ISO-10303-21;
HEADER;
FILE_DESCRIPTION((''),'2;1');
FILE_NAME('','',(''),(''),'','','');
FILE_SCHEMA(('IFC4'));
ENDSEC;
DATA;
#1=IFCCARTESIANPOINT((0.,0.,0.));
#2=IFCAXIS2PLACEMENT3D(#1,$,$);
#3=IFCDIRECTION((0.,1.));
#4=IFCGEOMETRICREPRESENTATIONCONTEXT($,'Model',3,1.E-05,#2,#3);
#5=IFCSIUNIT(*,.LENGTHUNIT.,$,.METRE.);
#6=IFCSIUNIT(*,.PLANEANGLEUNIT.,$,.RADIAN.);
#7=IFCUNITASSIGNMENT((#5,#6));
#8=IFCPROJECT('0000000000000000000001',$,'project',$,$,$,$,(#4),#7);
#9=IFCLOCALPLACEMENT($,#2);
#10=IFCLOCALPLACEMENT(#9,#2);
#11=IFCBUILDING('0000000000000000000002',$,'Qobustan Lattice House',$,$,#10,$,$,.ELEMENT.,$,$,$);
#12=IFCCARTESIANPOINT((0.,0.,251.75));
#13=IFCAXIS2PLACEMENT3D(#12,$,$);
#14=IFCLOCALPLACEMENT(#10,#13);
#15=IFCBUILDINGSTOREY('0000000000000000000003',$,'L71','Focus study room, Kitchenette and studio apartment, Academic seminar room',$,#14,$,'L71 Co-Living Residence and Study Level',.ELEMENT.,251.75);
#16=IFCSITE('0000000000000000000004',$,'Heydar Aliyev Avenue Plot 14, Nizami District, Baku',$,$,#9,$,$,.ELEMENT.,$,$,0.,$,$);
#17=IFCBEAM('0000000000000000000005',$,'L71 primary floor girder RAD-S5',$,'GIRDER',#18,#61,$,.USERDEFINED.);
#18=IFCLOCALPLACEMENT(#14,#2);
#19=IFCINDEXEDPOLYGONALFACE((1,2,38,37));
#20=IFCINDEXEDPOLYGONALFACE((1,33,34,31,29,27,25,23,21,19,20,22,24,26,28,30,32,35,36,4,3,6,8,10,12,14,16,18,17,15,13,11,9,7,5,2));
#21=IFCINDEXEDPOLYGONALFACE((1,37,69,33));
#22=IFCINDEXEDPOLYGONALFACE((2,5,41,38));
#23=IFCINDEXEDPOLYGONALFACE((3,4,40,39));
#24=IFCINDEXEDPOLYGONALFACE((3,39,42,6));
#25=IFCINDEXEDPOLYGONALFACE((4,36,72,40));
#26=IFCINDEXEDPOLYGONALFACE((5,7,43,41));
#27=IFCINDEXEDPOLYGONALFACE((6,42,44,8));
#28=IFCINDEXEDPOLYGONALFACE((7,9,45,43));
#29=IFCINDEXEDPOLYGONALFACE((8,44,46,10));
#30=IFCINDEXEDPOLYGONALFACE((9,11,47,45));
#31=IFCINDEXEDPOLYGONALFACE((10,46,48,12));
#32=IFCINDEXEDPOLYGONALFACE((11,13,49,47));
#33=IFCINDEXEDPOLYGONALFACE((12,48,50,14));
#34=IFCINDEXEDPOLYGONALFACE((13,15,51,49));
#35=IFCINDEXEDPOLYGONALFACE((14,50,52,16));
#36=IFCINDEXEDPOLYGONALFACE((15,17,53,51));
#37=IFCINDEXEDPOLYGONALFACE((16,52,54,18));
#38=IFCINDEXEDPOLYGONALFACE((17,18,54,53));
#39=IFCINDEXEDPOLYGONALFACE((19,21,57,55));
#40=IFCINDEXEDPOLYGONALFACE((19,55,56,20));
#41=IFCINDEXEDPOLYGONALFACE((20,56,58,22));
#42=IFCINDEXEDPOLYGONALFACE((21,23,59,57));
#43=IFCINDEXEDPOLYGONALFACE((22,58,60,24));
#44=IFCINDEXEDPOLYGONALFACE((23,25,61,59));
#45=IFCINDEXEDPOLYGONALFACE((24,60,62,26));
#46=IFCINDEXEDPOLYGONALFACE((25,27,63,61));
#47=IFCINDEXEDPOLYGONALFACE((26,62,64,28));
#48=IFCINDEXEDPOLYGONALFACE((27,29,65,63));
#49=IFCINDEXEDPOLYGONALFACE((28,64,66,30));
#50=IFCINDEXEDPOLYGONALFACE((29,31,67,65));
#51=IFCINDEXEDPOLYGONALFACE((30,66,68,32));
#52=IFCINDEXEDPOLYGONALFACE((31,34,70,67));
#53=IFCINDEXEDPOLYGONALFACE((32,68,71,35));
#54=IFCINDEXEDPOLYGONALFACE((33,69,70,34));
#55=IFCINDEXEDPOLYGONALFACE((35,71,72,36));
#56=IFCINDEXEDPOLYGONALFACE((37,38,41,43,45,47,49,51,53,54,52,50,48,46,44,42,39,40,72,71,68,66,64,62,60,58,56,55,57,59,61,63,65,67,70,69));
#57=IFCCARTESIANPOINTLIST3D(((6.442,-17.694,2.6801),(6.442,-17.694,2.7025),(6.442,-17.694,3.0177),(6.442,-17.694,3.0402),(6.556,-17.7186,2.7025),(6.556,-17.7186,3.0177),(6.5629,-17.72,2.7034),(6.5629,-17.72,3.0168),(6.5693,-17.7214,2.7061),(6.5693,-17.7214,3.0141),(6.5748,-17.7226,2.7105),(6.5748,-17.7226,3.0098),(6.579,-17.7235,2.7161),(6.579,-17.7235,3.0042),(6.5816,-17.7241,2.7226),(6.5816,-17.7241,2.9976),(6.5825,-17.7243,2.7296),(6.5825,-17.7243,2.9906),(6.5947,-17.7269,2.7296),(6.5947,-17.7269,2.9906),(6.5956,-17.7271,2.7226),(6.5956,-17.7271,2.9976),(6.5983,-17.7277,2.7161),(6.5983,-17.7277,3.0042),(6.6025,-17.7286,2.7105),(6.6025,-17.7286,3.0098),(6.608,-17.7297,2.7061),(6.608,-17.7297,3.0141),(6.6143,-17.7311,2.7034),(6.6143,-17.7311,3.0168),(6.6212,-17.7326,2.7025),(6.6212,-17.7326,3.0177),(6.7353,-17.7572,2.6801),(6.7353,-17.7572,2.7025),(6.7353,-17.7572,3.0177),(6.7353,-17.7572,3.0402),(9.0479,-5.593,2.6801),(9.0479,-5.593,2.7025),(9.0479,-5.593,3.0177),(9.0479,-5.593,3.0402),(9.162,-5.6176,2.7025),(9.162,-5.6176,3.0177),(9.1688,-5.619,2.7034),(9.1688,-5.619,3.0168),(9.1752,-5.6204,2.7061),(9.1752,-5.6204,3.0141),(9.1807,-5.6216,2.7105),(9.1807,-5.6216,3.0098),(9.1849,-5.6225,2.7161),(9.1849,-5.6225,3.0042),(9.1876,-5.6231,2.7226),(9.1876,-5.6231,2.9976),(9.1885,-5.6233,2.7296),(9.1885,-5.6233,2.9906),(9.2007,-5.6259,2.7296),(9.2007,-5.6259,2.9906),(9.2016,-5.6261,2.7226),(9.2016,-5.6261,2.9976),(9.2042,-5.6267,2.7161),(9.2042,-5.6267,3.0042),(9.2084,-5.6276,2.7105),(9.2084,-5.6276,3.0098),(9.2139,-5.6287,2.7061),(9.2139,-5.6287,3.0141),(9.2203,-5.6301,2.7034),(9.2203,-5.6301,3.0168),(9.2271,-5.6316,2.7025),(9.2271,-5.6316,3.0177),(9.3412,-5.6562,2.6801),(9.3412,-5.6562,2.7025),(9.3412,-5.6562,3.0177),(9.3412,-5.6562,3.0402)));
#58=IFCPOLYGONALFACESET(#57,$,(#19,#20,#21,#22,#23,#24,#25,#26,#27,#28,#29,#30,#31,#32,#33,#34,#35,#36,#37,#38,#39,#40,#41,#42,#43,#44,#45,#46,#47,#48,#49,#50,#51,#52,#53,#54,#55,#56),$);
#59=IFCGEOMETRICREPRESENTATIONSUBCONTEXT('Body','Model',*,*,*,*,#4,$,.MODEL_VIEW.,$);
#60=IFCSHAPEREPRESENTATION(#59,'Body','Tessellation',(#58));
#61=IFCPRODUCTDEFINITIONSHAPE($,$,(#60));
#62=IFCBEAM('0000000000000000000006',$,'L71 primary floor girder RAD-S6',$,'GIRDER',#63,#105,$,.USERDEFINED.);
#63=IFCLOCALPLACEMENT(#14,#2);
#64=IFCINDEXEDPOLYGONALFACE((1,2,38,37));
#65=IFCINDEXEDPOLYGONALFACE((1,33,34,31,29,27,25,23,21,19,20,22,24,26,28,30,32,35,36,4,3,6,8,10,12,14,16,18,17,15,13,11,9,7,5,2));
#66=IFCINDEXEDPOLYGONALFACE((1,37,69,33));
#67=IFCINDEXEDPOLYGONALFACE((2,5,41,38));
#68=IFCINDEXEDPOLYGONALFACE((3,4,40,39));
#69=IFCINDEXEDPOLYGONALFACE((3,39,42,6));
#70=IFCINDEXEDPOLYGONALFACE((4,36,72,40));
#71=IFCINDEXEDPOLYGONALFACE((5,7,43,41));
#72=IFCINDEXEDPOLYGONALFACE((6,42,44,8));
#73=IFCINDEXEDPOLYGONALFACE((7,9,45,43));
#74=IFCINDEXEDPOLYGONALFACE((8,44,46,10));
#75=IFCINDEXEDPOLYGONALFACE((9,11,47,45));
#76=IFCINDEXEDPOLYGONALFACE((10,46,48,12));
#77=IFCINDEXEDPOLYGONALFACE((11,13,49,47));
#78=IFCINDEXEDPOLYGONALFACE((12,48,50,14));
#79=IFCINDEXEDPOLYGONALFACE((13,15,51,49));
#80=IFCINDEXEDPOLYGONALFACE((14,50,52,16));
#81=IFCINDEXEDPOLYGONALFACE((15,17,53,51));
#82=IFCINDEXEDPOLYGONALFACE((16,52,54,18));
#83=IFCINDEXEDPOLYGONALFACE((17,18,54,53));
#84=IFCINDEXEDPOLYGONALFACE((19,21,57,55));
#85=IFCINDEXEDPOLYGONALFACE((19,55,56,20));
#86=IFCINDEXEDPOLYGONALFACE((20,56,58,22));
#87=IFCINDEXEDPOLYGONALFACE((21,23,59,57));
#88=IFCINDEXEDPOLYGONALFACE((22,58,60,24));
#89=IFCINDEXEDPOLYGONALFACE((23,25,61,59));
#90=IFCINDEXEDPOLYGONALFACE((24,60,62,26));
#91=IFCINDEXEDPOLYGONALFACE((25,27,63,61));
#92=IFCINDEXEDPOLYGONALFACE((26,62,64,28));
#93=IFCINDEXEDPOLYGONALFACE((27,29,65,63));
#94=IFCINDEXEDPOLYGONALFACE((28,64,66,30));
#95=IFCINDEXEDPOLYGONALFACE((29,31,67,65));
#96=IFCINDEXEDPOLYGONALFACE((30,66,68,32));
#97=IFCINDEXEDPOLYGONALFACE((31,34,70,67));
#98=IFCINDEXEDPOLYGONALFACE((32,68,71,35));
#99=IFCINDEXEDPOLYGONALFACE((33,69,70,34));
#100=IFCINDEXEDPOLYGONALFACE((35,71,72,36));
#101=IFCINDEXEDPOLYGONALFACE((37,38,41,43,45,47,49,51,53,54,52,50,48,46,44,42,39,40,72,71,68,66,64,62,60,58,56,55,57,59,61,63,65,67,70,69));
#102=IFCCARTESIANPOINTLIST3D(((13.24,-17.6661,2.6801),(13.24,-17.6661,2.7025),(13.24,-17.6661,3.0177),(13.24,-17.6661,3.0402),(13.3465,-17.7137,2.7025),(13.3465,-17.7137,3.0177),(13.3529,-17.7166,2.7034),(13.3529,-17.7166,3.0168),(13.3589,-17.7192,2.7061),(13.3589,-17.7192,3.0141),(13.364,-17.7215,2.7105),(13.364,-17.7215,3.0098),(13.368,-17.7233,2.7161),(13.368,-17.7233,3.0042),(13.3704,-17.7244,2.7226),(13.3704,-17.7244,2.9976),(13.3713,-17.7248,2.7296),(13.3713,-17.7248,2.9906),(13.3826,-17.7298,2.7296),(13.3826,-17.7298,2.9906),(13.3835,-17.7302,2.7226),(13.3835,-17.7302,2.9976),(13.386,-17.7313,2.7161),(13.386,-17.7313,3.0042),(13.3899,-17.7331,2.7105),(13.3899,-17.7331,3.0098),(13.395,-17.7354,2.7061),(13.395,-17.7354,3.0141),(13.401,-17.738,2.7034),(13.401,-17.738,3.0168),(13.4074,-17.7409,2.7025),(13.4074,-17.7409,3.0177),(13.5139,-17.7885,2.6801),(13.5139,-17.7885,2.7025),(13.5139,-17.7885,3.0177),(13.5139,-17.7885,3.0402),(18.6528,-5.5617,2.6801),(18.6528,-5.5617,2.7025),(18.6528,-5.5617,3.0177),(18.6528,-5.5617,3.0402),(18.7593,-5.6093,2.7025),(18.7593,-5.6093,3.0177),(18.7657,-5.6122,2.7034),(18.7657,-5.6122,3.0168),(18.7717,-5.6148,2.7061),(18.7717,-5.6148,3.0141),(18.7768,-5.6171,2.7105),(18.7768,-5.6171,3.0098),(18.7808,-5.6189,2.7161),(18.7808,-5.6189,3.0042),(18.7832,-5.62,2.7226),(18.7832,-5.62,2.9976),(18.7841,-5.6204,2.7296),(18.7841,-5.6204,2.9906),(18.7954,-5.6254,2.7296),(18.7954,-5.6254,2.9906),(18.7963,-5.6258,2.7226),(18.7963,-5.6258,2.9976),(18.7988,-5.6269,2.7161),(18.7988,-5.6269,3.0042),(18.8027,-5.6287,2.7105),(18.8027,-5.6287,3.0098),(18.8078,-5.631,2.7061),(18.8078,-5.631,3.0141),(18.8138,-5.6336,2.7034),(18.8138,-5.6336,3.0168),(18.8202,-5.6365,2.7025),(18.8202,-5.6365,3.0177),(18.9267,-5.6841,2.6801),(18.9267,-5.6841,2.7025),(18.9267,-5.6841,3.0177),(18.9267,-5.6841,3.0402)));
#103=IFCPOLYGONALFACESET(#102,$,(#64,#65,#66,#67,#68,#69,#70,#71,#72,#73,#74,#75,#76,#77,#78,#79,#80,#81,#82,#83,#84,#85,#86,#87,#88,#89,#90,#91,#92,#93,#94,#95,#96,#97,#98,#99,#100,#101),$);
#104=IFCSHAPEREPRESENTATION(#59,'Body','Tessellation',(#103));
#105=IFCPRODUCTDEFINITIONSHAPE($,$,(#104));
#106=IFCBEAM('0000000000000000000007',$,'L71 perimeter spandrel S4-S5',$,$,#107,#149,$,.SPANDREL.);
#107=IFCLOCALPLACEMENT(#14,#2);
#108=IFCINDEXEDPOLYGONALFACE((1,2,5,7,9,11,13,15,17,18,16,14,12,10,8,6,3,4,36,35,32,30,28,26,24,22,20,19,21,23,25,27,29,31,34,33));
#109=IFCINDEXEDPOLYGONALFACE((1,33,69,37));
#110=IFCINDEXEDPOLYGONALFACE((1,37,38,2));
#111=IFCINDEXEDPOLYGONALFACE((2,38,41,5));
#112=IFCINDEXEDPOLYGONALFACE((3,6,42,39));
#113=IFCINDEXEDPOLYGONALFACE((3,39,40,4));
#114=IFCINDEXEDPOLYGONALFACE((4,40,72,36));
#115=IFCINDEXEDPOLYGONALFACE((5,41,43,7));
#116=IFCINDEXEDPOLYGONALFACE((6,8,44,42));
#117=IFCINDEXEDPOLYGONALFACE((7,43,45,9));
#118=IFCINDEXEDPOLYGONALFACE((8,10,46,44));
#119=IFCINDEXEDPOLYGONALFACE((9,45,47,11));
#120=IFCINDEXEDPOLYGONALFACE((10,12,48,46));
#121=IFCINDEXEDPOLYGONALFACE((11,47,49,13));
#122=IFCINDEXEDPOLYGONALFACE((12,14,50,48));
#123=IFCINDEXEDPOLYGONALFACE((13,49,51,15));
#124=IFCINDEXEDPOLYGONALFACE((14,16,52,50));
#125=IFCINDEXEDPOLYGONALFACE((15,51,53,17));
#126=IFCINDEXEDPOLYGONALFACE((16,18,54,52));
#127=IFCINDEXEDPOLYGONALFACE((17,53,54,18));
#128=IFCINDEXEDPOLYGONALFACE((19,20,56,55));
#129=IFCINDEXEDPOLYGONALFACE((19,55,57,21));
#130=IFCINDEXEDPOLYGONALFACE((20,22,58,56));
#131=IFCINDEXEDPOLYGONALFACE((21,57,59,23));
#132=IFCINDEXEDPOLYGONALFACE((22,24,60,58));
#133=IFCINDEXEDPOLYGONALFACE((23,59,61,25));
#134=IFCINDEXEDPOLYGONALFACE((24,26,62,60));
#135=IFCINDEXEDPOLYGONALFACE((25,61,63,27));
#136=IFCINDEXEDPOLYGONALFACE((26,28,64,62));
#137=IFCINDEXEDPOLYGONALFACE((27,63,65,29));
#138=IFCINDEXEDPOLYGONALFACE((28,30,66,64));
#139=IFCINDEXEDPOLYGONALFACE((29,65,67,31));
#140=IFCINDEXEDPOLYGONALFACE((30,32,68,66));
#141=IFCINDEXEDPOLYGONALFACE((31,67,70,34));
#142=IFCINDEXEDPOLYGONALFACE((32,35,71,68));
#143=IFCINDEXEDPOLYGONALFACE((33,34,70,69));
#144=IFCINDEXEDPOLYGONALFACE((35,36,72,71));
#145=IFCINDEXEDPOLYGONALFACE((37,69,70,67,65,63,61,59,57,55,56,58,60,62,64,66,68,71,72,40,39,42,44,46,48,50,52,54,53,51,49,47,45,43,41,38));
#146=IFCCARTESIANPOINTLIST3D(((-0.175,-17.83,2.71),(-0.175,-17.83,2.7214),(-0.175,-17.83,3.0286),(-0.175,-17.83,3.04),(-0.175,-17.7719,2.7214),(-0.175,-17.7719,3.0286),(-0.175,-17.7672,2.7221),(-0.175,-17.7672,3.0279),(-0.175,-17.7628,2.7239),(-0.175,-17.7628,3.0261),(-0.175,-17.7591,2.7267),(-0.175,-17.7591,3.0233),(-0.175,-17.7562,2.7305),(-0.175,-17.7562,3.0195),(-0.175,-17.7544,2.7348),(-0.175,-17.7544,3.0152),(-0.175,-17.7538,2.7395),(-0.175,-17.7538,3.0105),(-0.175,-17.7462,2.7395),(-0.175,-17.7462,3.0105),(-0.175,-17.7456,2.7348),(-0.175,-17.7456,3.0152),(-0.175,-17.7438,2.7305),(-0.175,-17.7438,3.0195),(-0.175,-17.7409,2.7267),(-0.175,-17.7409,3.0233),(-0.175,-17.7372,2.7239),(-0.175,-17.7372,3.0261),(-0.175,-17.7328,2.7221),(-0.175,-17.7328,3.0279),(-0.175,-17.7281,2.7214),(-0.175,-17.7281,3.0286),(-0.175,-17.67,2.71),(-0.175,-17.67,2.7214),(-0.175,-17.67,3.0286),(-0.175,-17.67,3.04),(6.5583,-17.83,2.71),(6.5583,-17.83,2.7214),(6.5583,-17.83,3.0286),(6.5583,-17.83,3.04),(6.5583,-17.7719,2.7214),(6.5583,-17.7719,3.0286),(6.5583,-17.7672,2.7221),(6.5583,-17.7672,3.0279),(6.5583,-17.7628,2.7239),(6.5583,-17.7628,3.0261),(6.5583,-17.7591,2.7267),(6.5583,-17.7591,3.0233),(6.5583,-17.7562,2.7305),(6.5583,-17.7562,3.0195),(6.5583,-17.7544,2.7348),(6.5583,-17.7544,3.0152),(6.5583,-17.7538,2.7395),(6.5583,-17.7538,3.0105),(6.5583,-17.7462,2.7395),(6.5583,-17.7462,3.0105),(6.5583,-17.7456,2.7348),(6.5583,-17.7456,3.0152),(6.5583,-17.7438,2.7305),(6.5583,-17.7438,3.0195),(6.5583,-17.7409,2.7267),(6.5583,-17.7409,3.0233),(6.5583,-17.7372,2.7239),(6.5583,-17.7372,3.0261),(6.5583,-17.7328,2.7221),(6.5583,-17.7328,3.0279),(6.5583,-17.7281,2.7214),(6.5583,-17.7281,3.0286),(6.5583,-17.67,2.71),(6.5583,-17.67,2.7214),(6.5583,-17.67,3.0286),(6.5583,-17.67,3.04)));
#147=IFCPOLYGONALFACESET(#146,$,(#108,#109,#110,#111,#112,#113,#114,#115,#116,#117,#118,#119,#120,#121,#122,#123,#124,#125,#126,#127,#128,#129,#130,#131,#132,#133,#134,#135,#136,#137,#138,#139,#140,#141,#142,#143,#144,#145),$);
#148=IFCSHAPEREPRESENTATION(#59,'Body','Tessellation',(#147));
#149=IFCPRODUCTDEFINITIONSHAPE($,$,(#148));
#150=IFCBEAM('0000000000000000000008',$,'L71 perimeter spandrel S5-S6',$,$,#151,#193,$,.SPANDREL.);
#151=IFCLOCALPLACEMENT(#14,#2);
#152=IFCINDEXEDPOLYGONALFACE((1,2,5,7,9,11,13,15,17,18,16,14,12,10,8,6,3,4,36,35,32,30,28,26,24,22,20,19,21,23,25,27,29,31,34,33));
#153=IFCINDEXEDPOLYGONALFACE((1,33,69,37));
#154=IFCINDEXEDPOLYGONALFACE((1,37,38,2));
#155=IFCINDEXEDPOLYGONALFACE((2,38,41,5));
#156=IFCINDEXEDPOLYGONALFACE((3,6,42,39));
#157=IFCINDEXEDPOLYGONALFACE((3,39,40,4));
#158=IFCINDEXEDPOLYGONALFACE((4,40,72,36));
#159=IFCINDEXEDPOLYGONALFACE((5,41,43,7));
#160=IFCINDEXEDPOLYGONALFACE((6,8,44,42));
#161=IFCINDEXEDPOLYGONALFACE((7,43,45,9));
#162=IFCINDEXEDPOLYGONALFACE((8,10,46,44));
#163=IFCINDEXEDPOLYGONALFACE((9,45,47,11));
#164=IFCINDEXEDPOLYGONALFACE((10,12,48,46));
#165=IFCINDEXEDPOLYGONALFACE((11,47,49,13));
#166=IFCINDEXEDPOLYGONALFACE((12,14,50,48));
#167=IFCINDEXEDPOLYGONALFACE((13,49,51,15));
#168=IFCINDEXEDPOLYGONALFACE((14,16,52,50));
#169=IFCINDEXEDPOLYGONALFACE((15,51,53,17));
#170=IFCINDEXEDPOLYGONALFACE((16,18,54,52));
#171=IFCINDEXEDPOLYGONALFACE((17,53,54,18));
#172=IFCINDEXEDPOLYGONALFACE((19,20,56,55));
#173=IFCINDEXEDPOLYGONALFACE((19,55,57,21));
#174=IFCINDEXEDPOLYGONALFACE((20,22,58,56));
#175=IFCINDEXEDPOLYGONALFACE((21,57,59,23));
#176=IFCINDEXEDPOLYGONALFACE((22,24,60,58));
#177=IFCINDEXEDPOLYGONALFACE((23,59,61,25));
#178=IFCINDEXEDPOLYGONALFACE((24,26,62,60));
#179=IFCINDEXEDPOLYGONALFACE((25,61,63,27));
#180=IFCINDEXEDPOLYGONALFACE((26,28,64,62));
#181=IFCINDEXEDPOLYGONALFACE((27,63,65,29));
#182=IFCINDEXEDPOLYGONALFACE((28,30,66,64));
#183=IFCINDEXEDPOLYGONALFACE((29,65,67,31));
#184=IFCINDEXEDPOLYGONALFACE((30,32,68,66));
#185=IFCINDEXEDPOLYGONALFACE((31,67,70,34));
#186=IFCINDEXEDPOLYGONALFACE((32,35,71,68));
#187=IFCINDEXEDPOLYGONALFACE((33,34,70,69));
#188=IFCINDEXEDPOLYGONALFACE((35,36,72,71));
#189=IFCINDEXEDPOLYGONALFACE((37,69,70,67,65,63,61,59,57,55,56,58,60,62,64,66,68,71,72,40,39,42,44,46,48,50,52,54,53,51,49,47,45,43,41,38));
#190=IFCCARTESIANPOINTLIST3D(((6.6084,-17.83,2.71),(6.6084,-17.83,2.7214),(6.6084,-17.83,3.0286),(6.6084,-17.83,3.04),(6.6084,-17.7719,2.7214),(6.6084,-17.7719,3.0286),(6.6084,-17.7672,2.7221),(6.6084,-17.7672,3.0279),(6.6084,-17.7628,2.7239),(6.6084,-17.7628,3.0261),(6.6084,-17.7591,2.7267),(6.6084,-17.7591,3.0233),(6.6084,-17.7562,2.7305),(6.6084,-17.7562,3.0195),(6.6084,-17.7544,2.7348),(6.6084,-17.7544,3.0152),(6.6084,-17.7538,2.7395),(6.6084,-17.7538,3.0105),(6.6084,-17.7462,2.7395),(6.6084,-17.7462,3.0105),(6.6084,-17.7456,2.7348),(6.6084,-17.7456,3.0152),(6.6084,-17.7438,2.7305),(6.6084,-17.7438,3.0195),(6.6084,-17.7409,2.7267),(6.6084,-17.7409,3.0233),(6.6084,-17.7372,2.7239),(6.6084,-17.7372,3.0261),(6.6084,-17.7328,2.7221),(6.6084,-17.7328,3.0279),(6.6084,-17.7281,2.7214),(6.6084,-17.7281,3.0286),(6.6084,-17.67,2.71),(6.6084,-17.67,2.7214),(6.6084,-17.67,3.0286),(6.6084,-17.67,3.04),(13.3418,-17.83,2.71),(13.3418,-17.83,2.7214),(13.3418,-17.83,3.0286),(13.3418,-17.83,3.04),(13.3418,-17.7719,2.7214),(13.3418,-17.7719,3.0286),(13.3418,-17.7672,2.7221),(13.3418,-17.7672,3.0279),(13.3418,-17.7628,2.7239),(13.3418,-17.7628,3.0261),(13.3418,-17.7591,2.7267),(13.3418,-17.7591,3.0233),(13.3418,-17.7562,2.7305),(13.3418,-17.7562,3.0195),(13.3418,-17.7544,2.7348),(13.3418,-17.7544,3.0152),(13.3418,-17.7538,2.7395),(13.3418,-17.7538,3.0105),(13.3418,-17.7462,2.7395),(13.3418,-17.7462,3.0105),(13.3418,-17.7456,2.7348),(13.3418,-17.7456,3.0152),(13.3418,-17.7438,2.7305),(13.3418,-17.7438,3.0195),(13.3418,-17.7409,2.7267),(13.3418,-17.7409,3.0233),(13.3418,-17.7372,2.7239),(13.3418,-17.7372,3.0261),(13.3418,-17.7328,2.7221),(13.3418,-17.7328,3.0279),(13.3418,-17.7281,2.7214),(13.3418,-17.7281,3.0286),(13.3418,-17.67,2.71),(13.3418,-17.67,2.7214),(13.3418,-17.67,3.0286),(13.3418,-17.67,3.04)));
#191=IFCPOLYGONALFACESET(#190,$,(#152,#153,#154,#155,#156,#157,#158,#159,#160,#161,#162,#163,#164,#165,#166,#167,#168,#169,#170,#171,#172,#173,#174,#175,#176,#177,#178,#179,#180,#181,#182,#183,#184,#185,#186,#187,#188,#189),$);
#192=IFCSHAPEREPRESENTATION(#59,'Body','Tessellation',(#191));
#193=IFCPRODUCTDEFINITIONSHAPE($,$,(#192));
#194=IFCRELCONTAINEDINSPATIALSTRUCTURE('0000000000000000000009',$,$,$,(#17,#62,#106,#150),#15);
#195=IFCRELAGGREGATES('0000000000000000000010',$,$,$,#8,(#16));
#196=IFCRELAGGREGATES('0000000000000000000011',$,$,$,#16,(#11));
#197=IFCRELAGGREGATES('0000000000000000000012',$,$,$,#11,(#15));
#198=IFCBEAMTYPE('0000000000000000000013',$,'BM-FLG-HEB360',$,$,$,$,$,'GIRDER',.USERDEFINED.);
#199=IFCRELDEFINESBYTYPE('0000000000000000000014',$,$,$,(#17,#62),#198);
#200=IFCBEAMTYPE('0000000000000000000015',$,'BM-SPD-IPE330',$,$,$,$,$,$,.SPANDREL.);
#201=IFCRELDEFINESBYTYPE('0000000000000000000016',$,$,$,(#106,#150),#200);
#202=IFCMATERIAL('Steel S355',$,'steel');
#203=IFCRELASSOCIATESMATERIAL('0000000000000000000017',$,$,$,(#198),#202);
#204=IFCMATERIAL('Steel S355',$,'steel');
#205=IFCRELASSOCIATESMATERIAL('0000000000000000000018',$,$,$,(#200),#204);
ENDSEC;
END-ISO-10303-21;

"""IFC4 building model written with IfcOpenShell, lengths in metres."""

from ifc_helpers import new_model, si_unit, direction, frame, origin, origin_2d, place, context, subcontext, project, spatial, i_section, extrude, material, material_profile, profile_set, type_object, element, save


model = new_model("IFC4")

# Units and contexts
model_context = context("Model", 3, precision=1e-05, world=origin(), true_north=direction((0.0, 1.0)))
body_context = subcontext(model_context, "Body", "Model", "MODEL_VIEW")
ifc_project = project(units=[si_unit("LENGTHUNIT", "METRE"), si_unit("PLANEANGLEUNIT", "RADIAN")], contexts=[model_context])

# Site, building, storey
site_placement = place(None, origin())
site = spatial("IfcSite", under=ifc_project, at=site_placement, Name="Heydar Aliyev Avenue Plot 14, Nizami District, Baku", CompositionType="ELEMENT", RefElevation=0.0)
building_placement = place(site_placement, origin())
building = spatial("IfcBuilding", under=site, at=building_placement, Name="Qobustan Lattice House", CompositionType="ELEMENT")
storey_placement = place(building_placement, frame((0.0, 0.0, 251.75)))
storey = spatial("IfcBuildingStorey", under=building, at=storey_placement, Name="L71", Description="Focus study room, Kitchenette and studio apartment, Academic seminar room", LongName="L71 Co-Living Residence and Study Level", CompositionType="ELEMENT", Elevation=251.75)

# Beams
ifc_material_1 = material(Name="Steel S355", Category="steel")
ifc_material_profile_1 = material_profile(ifc_material_1, i_section(OverallWidth=0.3, OverallDepth=0.3601, WebThickness=0.0125, FlangeThickness=0.0225, FilletRadius=0.0271, at=origin_2d()), Name="HEB360")
ifc_profile_set_1 = profile_set([ifc_material_profile_1], Name="Steel S355")
beam_type_1 = type_object("IfcBeamType", Name="BM-FLG-HEB360", ElementType="GIRDER", PredefinedType="USERDEFINED", material=ifc_profile_set_1)
beam_1_placement = place(storey_placement, frame((6.5886, -17.7256, 2.8601), z_axis=(0.210523, 0.977589, 0.0), x_axis=(-0.977589, 0.210523, 0.0)))
element("IfcBeam", 1, at=beam_1_placement, inside=storey, type_object=beam_type_1, Name="L71 primary floor girder RAD-S5", ObjectType="GIRDER", PredefinedType="USERDEFINED", context=body_context, shape_type="SweptSolid", body=[
    extrude(i_section(OverallWidth=0.3, OverallDepth=0.3601, WebThickness=0.0125, FlangeThickness=0.0225, FilletRadius=0.0271, at=origin_2d()), origin(), (0.0, 0.0, 1.0), 12.3784),
])
beam_2_placement = place(storey_placement, frame((13.377, -17.7273, 2.8601), z_axis=(0.40822, 0.912884, 0.0), x_axis=(-0.912884, 0.40822, 0.0)))
element("IfcBeam", 2, at=beam_2_placement, inside=storey, type_object=beam_type_1, Name="L71 primary floor girder RAD-S6", ObjectType="GIRDER", PredefinedType="USERDEFINED", context=body_context, shape_type="SweptSolid", body=[
    extrude(i_section(OverallWidth=0.3, OverallDepth=0.3601, WebThickness=0.0125, FlangeThickness=0.0225, FilletRadius=0.0271, at=origin_2d()), origin(), (0.0, 0.0, 1.0), 13.2595),
])
ifc_material_2 = material(Name="Steel S355", Category="steel")
ifc_material_profile_2 = material_profile(ifc_material_2, i_section(OverallWidth=0.1599, OverallDepth=0.3301, WebThickness=0.0076, FlangeThickness=0.0115, FilletRadius=0.0181, at=origin_2d()), Name="IPE330")
ifc_profile_set_2 = profile_set([ifc_material_profile_2], Name="Steel S355")
beam_type_2 = type_object("IfcBeamType", Name="BM-SPD-IPE330", PredefinedType="SPANDREL", material=ifc_profile_set_2)
for number, where, z_axis, x_axis, name in (
    (3, (-0.175, -17.75, 2.875), (1.0, 0.0, 0.0), (0.0, 1.0, 0.0), "L71 perimeter spandrel S4-S5"),
    (4, (6.6084, -17.75, 2.875), (1.0, 0.0, 0.0), (0.0, 1.0, 0.0), "L71 perimeter spandrel S5-S6"),
):
    element("IfcBeam", number, at=place(storey_placement, frame(where, z_axis=z_axis, x_axis=x_axis)), inside=storey, type_object=beam_type_2, Name=name, PredefinedType="SPANDREL", context=body_context, shape_type="SweptSolid", body=[
        extrude(i_section(OverallWidth=0.1599, OverallDepth=0.3301, WebThickness=0.0076, FlangeThickness=0.0115, FilletRadius=0.0181, at=origin_2d()), origin(), (0.0, 0.0, 1.0), 6.7334),
    ])

save(model, "model.ifc")
